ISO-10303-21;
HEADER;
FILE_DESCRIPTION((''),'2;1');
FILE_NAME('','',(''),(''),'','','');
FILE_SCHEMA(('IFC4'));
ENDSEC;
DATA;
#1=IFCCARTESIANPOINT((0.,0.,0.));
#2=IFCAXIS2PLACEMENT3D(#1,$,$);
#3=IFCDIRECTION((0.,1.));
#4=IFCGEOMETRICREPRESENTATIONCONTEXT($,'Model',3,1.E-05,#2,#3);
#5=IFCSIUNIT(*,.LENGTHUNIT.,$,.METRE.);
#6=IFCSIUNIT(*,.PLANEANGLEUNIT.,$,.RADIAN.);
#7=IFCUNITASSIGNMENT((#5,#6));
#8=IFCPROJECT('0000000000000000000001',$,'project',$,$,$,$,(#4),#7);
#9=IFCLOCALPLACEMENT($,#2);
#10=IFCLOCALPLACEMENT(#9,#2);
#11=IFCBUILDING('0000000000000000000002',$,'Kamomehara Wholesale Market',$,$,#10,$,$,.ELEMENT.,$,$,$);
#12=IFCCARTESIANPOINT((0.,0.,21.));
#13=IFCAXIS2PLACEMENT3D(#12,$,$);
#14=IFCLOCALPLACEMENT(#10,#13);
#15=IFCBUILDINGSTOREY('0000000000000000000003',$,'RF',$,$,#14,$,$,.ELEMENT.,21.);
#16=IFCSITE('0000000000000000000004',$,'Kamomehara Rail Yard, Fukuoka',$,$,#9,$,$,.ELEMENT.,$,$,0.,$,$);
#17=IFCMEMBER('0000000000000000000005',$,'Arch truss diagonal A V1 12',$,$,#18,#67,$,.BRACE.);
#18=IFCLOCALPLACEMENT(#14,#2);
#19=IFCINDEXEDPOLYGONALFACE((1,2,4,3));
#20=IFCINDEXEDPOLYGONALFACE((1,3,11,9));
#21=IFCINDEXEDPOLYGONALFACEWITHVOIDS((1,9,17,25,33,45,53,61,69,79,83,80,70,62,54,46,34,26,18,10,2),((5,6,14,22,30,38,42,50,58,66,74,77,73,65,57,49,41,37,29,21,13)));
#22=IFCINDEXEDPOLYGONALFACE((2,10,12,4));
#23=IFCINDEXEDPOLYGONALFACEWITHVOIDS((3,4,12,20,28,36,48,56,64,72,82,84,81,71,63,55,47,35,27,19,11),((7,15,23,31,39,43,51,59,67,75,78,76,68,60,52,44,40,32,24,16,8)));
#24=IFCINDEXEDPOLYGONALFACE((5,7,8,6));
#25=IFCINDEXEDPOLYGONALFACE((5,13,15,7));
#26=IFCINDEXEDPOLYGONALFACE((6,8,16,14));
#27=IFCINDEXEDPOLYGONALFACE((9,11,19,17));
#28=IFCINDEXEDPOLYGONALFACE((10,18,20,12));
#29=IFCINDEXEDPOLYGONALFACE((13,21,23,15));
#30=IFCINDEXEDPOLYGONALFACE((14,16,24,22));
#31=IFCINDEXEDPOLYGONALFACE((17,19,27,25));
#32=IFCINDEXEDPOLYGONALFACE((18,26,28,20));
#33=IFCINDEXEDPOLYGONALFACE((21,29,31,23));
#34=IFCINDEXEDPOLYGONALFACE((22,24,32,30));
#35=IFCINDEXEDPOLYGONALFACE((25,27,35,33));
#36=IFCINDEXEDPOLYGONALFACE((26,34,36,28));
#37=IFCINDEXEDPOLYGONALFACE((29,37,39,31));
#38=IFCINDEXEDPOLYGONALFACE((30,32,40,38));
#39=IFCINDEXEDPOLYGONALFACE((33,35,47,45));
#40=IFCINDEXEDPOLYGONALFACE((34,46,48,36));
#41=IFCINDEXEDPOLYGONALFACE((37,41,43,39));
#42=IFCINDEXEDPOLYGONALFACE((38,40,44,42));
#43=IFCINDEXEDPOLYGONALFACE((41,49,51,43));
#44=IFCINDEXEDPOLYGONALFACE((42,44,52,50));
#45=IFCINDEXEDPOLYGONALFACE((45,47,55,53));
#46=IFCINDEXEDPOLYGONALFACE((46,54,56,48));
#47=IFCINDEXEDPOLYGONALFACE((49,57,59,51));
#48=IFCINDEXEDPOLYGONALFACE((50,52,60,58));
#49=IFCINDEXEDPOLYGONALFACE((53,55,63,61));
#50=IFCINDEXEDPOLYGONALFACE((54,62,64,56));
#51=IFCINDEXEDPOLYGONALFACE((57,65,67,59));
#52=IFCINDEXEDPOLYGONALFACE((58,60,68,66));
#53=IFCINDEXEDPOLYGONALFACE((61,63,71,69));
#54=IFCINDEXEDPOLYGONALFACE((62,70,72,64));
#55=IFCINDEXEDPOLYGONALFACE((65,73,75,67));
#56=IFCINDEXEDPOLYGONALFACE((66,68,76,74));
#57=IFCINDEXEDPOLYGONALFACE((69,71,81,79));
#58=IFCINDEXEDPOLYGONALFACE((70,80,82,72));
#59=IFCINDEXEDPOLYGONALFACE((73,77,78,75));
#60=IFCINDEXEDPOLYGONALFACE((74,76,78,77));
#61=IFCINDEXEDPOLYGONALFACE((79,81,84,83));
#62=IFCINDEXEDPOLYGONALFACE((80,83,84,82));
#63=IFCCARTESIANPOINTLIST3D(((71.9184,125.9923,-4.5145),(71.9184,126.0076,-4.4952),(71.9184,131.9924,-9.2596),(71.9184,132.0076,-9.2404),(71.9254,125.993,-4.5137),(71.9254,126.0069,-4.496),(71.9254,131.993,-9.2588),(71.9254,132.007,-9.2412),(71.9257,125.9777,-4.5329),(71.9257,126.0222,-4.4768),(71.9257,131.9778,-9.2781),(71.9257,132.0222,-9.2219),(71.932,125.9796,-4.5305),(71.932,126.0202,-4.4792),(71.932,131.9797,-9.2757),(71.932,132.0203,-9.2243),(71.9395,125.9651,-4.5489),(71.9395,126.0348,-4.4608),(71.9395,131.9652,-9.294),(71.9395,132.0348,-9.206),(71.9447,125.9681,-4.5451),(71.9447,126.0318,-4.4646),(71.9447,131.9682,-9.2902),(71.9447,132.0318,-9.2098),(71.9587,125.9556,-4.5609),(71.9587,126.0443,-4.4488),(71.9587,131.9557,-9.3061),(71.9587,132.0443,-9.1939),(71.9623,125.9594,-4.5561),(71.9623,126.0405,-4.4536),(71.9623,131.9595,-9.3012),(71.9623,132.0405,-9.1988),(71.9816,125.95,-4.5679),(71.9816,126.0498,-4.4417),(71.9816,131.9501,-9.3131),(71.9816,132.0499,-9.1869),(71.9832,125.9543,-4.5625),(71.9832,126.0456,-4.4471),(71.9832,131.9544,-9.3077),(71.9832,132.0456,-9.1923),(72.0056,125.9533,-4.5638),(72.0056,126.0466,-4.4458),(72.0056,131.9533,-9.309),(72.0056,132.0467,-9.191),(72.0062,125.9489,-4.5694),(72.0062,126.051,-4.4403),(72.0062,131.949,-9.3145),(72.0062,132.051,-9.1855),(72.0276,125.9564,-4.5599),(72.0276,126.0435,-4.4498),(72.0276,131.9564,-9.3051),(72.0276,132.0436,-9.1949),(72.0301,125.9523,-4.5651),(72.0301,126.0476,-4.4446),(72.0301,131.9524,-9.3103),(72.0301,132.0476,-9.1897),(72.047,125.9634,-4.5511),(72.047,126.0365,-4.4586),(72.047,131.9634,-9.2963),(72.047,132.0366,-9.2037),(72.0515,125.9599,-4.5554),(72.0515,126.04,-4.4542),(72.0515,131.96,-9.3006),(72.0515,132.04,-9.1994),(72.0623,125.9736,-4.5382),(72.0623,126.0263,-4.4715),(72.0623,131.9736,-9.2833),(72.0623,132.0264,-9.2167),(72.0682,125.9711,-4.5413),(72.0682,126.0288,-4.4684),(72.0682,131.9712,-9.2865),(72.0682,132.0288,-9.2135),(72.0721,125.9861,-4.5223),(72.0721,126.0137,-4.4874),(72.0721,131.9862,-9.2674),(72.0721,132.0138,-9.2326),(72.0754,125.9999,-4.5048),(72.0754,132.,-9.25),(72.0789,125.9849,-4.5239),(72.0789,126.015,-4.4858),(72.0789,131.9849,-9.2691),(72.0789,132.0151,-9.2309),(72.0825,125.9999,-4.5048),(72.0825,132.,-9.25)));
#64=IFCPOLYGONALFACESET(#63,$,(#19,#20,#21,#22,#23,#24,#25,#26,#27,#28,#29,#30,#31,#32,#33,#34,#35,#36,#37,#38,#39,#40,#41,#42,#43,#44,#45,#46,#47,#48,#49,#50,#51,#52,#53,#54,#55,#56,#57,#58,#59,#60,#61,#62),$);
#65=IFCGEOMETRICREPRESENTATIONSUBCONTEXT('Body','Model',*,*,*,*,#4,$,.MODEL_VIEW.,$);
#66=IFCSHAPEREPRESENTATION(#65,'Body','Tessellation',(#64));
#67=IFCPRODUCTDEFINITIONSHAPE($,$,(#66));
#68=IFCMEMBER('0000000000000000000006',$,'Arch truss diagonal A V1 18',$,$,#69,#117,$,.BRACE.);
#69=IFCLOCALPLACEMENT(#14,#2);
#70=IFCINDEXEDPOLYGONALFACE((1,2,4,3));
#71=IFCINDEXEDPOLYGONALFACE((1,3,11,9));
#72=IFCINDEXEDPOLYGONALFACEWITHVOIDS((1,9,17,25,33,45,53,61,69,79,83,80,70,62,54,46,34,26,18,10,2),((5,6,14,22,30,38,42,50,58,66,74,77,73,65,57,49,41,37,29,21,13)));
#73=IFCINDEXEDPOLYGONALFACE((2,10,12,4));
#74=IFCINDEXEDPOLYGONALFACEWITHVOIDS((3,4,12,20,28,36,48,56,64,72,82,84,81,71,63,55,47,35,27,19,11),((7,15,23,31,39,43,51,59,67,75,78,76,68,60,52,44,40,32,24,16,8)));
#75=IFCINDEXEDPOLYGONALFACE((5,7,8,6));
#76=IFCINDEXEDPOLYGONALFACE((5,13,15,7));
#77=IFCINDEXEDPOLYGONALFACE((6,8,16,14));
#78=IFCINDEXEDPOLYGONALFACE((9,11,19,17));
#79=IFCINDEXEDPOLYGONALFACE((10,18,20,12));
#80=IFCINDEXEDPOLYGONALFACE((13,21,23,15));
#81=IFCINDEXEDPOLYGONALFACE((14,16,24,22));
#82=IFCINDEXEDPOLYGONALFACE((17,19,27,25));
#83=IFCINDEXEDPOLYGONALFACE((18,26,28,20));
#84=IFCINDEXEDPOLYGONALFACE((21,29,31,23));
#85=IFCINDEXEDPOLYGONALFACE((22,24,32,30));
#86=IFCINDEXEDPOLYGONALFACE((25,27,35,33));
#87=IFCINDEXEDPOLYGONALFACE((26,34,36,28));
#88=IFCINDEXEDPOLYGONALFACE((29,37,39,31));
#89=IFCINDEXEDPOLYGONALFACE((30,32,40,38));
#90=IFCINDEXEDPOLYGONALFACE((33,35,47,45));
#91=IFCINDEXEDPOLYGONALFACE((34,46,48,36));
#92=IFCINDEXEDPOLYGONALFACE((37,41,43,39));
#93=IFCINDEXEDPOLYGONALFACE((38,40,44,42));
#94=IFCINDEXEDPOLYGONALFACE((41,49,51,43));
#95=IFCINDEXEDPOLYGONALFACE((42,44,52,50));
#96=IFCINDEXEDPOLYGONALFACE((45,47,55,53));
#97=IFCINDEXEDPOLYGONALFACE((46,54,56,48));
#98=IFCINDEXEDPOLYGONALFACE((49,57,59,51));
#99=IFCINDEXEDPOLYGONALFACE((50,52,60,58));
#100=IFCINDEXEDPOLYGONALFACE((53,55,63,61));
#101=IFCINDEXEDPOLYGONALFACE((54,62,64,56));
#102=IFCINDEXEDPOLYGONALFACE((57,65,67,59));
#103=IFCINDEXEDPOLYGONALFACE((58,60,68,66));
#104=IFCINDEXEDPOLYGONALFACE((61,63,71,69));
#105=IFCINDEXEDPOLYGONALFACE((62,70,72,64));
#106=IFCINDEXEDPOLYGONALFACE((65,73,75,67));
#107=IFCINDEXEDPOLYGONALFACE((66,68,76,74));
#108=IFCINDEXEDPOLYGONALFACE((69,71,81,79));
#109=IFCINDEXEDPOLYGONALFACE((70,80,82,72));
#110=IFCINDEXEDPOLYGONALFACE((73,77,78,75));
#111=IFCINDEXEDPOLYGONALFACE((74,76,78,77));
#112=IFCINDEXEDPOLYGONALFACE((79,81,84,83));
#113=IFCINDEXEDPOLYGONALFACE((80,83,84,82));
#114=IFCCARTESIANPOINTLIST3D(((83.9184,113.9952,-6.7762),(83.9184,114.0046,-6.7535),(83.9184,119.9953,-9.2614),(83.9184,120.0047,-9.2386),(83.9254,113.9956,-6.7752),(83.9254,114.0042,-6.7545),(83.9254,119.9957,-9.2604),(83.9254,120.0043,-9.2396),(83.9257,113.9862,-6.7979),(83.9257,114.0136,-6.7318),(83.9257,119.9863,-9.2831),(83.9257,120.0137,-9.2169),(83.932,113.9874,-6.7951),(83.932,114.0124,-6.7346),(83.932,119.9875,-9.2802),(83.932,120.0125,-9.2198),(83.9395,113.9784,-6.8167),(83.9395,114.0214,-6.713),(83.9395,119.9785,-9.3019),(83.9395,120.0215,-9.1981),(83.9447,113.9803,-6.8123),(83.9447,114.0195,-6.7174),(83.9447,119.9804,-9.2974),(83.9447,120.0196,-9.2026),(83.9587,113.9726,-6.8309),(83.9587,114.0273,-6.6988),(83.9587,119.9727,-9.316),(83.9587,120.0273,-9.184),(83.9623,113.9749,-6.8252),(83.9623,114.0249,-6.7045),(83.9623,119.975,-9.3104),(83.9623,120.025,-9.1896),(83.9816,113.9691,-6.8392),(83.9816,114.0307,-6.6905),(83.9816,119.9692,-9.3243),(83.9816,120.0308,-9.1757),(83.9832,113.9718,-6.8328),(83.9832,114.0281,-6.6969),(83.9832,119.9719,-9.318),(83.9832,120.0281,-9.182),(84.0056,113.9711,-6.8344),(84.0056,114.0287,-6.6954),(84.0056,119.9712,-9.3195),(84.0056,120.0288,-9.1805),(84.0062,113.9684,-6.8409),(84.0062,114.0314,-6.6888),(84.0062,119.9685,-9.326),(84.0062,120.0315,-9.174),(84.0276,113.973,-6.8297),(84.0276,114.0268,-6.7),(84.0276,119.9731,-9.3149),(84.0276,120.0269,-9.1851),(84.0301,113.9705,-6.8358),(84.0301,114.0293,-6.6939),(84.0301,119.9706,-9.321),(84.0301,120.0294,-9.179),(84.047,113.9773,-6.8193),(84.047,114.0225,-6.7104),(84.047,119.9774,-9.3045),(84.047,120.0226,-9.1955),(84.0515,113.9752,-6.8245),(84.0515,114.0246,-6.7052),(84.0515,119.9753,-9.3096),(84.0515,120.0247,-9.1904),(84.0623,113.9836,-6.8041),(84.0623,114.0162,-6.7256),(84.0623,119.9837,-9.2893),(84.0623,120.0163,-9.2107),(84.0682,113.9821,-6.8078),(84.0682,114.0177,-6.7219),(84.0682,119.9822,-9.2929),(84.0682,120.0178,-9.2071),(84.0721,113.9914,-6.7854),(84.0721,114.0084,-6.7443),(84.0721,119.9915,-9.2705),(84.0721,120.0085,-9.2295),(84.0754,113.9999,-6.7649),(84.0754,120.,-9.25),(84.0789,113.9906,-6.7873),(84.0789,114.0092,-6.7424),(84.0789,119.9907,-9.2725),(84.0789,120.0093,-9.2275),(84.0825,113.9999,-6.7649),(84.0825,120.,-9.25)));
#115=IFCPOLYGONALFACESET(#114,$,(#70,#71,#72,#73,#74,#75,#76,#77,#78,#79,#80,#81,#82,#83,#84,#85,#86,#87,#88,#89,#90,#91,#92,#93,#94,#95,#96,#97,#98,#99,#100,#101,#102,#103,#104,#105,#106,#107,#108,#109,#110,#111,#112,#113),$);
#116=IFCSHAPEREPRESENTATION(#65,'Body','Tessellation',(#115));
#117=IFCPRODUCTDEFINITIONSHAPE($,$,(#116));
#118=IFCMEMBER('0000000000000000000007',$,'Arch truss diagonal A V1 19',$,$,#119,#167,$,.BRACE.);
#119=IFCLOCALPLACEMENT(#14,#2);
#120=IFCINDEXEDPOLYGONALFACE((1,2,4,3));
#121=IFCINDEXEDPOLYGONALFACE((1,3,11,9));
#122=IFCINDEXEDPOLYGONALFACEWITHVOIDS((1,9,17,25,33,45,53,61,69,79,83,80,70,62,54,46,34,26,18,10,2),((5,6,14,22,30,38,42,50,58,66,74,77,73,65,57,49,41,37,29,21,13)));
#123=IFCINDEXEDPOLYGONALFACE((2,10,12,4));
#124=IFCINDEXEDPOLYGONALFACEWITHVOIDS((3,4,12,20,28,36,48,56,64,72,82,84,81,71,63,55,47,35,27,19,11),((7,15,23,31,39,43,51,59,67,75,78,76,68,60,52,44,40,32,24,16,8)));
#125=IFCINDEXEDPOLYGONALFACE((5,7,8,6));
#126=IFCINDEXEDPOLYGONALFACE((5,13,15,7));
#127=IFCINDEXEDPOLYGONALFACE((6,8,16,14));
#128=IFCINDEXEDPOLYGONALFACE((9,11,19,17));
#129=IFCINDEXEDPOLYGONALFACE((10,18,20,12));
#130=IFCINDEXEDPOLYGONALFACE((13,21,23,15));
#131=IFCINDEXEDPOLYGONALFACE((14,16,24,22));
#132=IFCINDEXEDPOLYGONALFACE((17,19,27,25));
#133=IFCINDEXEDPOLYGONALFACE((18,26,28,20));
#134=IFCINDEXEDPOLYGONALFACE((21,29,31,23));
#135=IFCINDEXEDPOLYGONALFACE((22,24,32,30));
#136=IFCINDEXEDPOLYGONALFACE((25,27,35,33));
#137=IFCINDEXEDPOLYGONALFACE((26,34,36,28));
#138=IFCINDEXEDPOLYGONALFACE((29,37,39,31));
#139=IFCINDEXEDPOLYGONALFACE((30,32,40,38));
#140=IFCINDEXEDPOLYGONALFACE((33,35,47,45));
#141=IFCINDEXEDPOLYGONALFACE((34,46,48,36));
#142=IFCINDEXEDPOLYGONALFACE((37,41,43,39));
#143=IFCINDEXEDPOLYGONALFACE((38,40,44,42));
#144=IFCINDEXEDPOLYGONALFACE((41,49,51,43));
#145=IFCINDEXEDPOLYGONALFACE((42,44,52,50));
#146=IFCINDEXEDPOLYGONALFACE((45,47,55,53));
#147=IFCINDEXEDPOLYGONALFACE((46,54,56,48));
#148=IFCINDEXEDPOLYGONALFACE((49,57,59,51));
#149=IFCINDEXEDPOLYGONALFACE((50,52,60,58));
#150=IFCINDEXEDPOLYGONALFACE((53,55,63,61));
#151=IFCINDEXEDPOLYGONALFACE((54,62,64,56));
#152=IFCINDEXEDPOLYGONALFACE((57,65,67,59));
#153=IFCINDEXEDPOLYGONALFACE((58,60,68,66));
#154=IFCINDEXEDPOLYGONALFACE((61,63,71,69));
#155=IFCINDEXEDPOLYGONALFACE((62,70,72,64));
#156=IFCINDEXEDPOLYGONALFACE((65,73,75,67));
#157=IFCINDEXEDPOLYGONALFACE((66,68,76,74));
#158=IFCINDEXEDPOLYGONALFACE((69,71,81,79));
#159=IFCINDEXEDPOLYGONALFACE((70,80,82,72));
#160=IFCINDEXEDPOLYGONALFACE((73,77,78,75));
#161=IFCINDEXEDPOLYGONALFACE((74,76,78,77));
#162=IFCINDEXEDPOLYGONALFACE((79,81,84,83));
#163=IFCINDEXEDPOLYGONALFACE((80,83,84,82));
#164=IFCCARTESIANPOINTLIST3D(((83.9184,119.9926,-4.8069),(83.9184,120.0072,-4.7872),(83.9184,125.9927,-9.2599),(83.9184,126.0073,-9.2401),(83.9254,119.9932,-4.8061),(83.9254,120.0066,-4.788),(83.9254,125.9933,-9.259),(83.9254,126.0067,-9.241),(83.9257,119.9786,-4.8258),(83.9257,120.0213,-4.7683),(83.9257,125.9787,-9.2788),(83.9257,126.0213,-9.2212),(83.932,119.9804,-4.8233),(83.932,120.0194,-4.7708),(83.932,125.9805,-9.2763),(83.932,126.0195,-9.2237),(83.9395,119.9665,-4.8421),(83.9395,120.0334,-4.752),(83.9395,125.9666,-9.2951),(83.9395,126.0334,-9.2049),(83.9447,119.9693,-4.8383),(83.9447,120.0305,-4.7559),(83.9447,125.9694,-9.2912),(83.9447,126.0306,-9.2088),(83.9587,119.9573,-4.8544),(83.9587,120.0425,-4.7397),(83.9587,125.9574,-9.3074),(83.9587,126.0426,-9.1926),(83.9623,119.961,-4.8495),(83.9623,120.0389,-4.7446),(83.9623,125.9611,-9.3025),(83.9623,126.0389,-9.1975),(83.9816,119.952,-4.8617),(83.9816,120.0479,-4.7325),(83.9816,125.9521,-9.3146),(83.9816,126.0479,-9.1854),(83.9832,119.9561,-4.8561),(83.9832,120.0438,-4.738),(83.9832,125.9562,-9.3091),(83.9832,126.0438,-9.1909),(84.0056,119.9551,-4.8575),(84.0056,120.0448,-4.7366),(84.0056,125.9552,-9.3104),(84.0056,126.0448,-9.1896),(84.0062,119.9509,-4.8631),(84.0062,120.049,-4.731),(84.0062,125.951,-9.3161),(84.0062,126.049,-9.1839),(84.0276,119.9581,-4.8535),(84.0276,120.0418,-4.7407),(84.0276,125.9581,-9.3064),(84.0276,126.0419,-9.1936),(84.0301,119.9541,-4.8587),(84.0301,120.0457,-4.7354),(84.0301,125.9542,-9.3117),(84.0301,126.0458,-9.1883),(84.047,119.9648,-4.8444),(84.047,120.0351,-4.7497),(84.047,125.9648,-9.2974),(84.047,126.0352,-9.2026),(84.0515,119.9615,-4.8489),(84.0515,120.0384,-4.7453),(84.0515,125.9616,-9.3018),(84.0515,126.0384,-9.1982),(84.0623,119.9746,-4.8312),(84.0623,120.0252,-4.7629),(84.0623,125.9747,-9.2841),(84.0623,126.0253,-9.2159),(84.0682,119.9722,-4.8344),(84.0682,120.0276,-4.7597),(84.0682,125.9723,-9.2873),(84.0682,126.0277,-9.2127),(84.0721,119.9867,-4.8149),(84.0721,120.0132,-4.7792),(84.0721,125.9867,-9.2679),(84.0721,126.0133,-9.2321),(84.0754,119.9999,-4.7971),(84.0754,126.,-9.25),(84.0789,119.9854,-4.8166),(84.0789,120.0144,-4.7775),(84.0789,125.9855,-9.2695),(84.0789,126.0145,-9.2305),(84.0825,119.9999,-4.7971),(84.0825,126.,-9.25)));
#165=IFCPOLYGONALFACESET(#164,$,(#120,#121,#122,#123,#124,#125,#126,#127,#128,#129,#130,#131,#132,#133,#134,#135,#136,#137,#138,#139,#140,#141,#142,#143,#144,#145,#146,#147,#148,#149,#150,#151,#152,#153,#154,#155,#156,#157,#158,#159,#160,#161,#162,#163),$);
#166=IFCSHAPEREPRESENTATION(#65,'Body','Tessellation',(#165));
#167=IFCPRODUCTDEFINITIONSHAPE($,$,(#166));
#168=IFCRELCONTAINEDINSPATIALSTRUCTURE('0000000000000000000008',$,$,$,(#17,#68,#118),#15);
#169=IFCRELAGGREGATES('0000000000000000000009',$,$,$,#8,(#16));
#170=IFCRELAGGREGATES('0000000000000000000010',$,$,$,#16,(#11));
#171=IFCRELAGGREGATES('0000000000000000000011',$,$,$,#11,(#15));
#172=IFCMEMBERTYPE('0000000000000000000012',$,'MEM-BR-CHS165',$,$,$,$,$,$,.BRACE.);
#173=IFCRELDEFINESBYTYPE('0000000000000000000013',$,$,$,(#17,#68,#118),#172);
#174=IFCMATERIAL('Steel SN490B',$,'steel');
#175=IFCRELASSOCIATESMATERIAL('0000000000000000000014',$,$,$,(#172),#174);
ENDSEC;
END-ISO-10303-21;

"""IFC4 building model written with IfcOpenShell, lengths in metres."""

from ifc_helpers import new_model, si_unit, direction, frame, origin, origin_2d, place, context, subcontext, project, spatial, hollow_circle, extrude, material, material_profile, profile_set, type_object, element, save


model = new_model("IFC4")

# Units and contexts
model_context = context("Model", 3, precision=1e-05, world=origin(), true_north=direction((0.0, 1.0)))
body_context = subcontext(model_context, "Body", "Model", "MODEL_VIEW")
ifc_project = project(units=[si_unit("LENGTHUNIT", "METRE"), si_unit("PLANEANGLEUNIT", "RADIAN")], contexts=[model_context])

# Site, building, storey
site_placement = place(None, origin())
site = spatial("IfcSite", under=ifc_project, at=site_placement, Name="Kamomehara Rail Yard, Fukuoka", CompositionType="ELEMENT", RefElevation=0.0)
building_placement = place(site_placement, origin())
building = spatial("IfcBuilding", under=site, at=building_placement, Name="Kamomehara Wholesale Market", CompositionType="ELEMENT")
storey_placement = place(building_placement, frame((0.0, 0.0, 21.0)))
storey = spatial("IfcBuildingStorey", under=building, at=storey_placement, Name="RF", CompositionType="ELEMENT", Elevation=21.0)

# Members
ifc_material_1 = material(Name="Steel SN490B", Category="steel")
ifc_material_profile_1 = material_profile(ifc_material_1, hollow_circle(Radius=0.0825, WallThickness=0.0071, at=origin_2d()), Name="CHS-165.2x7.1")
ifc_profile_set_1 = profile_set([ifc_material_profile_1], Name="Steel SN490B")
member_type_1 = type_object("IfcMemberType", Name="MEM-BR-CHS165", PredefinedType="BRACE", material=ifc_profile_set_1)
member_1_placement = place(storey_placement, frame((72.0, 132.0, -9.25), z_axis=(0.0, -0.784356, 0.62031), x_axis=(1.0, 0.0, 0.0)))
element("IfcMember", 1, at=member_1_placement, inside=storey, type_object=member_type_1, Name="Arch truss diagonal A V1 12", PredefinedType="BRACE", context=body_context, shape_type="SweptSolid", body=[
    extrude(hollow_circle(Radius=0.0825, WallThickness=0.0071, at=origin_2d()), origin(), (0.0, 0.0, 1.0), 7.6497),
])
member_2_placement = place(storey_placement, frame((84.0, 120.0, -9.25), z_axis=(0.0, -0.923889, 0.382661), x_axis=(1.0, 0.0, 0.0)))
element("IfcMember", 2, at=member_2_placement, inside=storey, type_object=member_type_1, Name="Arch truss diagonal A V1 18", PredefinedType="BRACE", context=body_context, shape_type="SweptSolid", body=[
    extrude(hollow_circle(Radius=0.0825, WallThickness=0.0071, at=origin_2d()), origin(), (0.0, 0.0, 1.0), 6.4944),
])
member_3_placement = place(storey_placement, frame((84.0, 126.0, -9.25), z_axis=(0.0, -0.803017, 0.595956), x_axis=(1.0, 0.0, 0.0)))
element("IfcMember", 3, at=member_3_placement, inside=storey, type_object=member_type_1, Name="Arch truss diagonal A V1 19", PredefinedType="BRACE", context=body_context, shape_type="SweptSolid", body=[
    extrude(hollow_circle(Radius=0.0825, WallThickness=0.0071, at=origin_2d()), origin(), (0.0, 0.0, 1.0), 7.4719),
])

save(model, "model.ifc")
